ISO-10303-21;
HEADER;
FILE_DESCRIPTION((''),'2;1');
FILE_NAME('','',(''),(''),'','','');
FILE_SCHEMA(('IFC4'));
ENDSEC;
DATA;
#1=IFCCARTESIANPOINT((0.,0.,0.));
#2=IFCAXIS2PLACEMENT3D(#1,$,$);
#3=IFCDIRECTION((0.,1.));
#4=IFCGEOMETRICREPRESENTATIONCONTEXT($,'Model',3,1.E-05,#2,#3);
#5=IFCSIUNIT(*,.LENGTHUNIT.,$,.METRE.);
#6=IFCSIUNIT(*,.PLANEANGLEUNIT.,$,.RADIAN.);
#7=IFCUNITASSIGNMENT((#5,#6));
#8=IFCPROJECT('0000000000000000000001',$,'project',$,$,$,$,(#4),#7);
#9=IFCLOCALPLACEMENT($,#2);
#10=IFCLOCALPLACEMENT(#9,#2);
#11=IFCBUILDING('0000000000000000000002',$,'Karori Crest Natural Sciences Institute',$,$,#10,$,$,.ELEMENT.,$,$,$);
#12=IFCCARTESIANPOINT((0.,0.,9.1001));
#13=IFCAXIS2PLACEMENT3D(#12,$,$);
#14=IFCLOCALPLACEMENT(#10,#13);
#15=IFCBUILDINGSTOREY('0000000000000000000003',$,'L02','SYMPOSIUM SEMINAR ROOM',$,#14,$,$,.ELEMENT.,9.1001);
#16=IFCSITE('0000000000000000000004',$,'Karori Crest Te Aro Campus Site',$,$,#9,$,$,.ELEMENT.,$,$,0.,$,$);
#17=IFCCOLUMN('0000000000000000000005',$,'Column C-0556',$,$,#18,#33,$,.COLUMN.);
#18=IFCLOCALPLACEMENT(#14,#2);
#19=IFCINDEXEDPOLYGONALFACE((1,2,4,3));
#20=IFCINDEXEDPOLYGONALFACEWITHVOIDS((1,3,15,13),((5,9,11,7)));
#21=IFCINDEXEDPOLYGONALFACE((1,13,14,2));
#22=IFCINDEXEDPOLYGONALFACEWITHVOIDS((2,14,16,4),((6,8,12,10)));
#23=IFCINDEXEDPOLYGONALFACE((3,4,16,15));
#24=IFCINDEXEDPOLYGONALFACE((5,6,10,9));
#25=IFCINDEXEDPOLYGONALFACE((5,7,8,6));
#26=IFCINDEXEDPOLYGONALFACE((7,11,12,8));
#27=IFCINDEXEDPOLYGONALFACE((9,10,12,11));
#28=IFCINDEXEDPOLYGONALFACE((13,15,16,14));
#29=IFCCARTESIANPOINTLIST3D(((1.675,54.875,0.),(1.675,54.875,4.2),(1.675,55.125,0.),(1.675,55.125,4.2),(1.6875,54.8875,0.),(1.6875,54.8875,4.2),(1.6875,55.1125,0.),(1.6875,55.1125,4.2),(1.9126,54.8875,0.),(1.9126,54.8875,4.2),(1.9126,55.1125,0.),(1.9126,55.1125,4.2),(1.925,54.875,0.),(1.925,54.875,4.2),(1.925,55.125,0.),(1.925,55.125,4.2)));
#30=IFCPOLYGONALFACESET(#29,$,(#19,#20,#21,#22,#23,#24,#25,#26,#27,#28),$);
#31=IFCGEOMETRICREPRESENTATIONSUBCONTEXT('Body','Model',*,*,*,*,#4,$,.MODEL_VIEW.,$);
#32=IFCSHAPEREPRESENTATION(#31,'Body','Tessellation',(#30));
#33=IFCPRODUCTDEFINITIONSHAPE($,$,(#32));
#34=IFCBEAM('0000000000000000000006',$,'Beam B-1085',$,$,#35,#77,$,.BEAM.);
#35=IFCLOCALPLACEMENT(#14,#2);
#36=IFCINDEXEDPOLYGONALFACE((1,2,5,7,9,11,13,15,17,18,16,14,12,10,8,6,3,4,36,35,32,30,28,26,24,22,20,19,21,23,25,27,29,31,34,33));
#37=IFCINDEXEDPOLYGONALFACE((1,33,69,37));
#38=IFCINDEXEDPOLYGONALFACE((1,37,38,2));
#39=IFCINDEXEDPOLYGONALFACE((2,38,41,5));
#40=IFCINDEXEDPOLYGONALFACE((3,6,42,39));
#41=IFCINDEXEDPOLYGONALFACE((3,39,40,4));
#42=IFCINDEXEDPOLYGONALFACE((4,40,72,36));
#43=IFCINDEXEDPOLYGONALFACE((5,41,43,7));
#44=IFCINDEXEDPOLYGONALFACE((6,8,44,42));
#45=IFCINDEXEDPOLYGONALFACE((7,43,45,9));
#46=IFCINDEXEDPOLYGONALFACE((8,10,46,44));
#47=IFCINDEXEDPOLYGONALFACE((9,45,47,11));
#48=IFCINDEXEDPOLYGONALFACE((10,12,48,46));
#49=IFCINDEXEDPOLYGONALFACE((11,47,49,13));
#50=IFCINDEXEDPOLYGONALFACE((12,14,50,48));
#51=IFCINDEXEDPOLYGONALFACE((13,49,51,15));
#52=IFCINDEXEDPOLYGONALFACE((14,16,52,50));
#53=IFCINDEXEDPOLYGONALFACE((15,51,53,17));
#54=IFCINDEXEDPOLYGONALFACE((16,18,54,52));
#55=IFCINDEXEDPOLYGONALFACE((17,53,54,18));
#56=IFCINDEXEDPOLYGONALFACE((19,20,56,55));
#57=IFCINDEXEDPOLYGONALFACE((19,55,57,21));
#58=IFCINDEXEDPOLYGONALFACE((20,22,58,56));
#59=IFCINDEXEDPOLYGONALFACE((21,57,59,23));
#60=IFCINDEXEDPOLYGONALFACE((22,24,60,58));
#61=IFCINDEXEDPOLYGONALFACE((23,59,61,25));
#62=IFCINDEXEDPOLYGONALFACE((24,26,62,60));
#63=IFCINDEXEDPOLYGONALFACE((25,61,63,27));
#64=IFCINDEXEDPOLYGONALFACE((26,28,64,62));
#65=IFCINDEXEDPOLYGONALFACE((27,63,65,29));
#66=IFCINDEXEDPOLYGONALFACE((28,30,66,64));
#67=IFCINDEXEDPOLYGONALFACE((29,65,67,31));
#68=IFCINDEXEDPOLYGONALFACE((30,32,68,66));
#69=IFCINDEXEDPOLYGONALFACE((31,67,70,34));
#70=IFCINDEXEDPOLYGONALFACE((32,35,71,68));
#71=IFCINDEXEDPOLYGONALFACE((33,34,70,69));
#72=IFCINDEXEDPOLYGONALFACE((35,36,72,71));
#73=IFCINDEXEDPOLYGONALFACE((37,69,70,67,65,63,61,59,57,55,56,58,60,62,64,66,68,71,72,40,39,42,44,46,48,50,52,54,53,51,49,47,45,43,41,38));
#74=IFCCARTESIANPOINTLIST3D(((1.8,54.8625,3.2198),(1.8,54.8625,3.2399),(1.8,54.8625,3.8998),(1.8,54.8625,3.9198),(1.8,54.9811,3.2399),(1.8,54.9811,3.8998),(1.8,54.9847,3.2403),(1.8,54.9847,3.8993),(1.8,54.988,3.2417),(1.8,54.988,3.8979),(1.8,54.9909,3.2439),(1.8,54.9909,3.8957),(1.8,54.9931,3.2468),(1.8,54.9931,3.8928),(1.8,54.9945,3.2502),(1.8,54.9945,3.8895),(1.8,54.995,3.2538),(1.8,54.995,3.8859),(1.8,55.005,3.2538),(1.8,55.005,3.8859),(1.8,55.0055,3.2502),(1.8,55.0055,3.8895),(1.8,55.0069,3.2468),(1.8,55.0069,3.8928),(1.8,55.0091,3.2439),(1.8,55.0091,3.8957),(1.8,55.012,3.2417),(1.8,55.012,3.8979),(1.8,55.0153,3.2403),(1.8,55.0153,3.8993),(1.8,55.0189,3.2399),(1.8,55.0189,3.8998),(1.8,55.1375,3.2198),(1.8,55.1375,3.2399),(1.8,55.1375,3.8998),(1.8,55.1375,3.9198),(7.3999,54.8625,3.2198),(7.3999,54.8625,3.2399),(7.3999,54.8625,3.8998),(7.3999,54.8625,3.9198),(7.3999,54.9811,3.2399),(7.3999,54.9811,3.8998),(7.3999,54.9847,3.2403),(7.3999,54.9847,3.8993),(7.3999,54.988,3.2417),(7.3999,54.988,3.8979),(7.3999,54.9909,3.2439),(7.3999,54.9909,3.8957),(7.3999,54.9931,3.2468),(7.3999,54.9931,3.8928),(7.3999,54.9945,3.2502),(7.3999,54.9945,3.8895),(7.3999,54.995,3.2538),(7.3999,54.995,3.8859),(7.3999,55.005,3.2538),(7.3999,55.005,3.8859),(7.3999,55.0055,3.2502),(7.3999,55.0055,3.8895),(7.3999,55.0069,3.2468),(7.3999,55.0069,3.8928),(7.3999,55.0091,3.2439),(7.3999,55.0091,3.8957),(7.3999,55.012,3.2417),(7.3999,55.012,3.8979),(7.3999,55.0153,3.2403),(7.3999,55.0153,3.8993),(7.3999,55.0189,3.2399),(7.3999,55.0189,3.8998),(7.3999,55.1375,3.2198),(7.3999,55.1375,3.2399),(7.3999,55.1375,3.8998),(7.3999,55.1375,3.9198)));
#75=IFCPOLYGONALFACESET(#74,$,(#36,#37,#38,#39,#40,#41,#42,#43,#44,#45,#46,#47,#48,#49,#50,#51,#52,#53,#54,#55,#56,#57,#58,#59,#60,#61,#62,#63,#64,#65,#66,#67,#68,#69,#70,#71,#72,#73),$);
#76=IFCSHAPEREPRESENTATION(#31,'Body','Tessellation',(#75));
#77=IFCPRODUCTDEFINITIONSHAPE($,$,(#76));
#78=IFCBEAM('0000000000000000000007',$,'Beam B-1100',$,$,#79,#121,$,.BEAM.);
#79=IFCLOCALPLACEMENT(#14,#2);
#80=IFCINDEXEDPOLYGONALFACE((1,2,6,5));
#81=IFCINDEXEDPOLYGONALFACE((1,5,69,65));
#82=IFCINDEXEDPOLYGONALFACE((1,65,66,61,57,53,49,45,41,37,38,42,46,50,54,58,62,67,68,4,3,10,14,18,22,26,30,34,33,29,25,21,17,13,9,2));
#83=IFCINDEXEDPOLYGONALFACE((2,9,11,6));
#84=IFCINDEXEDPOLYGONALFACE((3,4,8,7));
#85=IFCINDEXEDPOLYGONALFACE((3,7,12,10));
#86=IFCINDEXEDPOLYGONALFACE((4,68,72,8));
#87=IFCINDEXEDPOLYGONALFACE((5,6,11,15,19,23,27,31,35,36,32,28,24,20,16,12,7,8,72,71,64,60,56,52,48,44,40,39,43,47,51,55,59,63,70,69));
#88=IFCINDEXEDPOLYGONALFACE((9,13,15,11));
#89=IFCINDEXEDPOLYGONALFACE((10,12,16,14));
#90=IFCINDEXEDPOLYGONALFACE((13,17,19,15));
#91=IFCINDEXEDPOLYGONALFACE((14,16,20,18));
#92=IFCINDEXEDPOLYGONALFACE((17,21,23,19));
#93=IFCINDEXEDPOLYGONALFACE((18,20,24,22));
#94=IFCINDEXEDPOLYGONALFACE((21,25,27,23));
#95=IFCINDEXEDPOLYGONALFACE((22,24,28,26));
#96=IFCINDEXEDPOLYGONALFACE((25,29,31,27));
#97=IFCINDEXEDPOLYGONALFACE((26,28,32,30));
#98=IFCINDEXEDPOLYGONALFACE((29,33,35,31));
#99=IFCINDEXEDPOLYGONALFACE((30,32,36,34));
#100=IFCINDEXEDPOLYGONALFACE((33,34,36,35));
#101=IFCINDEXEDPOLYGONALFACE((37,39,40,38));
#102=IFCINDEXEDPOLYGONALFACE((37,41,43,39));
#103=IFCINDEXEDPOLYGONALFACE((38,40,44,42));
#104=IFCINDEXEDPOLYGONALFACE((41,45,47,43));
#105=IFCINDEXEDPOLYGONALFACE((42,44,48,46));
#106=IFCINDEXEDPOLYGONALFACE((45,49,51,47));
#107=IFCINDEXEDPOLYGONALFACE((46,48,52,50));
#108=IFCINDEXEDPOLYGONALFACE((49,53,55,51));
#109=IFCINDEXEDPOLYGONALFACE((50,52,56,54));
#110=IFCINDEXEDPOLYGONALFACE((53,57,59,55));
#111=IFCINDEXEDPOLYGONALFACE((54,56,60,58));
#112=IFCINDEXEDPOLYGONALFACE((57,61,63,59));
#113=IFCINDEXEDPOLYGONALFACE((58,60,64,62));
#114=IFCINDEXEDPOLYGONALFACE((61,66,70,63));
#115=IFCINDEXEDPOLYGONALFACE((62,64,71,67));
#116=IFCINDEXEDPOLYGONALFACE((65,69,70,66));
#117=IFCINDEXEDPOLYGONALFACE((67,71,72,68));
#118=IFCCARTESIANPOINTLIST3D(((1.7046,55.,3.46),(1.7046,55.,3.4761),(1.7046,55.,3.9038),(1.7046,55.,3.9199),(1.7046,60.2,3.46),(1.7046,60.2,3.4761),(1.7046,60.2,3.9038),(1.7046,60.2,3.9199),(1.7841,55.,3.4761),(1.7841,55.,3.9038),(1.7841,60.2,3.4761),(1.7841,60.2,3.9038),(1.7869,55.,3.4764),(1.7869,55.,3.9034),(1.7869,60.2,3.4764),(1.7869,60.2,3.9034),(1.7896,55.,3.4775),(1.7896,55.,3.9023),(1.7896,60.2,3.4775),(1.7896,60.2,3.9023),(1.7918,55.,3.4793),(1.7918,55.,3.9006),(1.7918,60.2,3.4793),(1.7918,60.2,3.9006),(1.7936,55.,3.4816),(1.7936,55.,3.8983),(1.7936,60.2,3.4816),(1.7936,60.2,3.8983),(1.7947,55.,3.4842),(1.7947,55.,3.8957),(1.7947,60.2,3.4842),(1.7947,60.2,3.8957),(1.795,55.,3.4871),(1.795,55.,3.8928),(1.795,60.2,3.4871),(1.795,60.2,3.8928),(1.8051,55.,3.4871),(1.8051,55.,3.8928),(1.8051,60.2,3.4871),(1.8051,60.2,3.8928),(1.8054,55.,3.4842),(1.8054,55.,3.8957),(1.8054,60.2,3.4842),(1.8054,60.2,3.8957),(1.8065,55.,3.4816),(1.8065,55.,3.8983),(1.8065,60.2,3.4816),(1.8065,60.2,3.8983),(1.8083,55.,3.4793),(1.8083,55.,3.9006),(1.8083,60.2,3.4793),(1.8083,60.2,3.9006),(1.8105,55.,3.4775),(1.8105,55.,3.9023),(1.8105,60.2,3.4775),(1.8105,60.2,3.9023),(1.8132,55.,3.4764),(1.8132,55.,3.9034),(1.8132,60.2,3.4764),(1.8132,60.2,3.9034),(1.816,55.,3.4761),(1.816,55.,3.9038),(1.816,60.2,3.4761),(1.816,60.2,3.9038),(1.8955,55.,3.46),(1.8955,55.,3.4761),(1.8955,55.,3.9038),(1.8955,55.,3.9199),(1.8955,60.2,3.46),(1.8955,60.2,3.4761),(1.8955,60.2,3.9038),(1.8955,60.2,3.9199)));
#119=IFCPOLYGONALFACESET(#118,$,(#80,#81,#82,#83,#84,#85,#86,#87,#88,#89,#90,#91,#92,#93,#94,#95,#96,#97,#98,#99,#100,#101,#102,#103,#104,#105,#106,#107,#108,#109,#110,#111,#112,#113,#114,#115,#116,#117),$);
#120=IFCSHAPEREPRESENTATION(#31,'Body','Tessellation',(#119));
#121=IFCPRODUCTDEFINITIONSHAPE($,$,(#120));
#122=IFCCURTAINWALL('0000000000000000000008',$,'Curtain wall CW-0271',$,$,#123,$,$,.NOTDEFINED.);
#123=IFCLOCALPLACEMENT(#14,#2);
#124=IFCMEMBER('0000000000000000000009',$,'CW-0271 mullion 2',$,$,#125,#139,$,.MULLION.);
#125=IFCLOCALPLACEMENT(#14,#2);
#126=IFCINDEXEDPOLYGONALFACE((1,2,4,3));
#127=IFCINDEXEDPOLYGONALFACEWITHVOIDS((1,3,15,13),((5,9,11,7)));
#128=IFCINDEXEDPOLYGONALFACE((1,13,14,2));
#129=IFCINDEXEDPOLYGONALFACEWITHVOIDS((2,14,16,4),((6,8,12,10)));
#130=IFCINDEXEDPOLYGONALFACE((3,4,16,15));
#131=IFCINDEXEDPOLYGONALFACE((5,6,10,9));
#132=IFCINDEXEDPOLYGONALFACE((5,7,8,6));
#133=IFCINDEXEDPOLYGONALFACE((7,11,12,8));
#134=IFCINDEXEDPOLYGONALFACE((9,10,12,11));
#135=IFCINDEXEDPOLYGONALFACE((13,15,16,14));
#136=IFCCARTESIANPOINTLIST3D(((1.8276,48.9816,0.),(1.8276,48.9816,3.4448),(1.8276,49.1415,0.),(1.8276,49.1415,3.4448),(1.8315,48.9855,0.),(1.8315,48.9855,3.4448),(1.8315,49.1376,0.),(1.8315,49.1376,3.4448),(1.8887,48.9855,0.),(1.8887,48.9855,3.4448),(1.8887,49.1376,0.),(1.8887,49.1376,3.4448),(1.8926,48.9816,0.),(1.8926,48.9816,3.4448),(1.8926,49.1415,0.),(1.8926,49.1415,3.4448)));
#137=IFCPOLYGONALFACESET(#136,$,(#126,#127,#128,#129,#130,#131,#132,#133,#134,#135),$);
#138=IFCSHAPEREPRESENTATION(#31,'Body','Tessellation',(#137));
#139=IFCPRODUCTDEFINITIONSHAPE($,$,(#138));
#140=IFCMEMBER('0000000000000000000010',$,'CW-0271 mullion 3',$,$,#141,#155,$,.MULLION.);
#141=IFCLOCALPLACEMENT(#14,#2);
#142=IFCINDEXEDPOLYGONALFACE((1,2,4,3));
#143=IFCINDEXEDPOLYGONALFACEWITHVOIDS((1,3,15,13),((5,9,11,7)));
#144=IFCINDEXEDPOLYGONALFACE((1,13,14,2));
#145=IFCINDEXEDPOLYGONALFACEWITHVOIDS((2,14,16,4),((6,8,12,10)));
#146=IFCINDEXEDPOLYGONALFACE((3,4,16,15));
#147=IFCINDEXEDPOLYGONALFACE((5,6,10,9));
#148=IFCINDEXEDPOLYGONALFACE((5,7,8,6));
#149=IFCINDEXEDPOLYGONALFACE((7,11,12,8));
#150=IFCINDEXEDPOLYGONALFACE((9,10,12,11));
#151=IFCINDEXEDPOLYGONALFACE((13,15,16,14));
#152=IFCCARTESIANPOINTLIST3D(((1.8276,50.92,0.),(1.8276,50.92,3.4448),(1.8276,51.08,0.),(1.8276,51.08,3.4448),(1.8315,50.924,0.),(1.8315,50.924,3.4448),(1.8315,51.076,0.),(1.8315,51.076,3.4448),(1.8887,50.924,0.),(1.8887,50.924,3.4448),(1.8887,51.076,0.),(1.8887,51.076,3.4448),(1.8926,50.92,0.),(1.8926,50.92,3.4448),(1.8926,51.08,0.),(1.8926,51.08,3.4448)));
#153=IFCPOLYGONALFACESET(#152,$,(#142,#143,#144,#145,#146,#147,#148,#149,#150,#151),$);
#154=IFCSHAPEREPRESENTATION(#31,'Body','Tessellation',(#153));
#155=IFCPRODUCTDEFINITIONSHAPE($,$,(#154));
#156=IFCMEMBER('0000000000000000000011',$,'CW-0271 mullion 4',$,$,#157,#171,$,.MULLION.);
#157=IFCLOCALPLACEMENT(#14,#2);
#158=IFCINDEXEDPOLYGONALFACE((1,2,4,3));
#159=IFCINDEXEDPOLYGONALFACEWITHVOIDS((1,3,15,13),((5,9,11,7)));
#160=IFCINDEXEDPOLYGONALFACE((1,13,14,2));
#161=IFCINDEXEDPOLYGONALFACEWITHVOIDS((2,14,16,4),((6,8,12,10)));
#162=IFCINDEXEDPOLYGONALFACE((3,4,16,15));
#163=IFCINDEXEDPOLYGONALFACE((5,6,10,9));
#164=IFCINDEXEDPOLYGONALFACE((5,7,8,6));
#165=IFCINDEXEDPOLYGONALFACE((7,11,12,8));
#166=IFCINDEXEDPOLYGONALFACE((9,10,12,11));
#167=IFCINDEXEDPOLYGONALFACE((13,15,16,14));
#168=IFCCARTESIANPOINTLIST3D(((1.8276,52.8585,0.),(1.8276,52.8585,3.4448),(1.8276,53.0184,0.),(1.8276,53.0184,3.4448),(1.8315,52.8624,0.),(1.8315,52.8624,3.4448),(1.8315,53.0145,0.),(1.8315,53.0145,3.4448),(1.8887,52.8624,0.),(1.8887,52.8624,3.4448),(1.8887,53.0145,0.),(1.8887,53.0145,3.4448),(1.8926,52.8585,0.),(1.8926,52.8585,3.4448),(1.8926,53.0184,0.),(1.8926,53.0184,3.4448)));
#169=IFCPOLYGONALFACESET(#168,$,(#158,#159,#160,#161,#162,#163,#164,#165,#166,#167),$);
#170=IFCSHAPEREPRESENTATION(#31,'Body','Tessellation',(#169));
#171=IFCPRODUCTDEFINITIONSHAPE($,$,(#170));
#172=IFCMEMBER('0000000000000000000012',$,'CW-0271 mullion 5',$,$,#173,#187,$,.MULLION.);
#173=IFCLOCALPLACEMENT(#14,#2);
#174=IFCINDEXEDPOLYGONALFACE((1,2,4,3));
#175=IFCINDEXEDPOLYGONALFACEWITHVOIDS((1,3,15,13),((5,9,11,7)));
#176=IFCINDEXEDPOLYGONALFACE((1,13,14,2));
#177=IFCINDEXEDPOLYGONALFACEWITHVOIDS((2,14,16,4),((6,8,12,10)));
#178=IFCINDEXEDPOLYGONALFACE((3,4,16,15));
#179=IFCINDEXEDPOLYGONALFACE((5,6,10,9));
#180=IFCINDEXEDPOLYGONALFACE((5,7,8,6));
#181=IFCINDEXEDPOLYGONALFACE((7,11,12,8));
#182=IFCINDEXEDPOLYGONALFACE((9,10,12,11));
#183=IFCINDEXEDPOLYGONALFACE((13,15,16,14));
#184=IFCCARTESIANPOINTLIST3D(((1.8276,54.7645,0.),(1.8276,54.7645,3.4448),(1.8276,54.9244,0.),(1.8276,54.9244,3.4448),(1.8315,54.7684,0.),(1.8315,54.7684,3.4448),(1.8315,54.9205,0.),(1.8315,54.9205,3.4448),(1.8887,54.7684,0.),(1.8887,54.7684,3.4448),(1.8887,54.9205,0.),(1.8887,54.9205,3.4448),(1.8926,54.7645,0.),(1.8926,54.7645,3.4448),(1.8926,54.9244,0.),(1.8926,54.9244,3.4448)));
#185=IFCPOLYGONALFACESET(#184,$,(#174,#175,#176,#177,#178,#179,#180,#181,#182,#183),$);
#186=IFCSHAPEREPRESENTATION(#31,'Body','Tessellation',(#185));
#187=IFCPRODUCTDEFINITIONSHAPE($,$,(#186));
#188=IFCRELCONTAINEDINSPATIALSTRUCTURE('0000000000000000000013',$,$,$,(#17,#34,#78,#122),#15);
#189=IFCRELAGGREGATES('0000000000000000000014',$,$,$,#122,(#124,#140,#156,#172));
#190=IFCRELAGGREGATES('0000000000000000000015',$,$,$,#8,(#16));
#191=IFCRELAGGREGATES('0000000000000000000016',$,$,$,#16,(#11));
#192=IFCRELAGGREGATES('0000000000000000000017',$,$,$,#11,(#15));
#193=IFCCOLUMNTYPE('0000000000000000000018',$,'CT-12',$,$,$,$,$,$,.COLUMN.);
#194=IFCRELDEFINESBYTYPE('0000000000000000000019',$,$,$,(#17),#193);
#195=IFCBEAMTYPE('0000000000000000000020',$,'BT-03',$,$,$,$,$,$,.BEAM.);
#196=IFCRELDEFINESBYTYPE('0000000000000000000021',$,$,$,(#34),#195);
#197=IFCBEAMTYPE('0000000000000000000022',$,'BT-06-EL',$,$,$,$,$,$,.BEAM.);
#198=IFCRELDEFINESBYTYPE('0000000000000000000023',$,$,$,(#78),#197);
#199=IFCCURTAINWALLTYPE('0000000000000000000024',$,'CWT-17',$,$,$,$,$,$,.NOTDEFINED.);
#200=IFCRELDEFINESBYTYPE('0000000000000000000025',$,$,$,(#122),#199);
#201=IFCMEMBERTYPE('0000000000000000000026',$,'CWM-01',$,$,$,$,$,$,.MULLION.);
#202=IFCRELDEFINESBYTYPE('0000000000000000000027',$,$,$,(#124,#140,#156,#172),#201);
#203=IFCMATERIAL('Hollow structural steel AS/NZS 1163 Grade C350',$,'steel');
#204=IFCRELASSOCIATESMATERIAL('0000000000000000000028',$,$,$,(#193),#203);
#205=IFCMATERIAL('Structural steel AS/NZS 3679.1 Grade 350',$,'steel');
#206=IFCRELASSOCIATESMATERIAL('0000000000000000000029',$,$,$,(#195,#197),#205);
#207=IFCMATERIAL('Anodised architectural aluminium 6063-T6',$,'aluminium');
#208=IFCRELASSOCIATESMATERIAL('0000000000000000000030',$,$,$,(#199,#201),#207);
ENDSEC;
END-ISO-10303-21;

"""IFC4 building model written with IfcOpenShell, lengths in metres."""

from ifc_helpers import new_model, si_unit, direction, frame, origin, origin_2d, place, context, subcontext, project, spatial, hollow_rectangle, i_section, extrude, material, material_profile, profile_set, type_object, element, aggregate, save


model = new_model("IFC4")

# Units and contexts
model_context = context("Model", 3, precision=1e-05, world=origin(), true_north=direction((0.0, 1.0)))
body_context = subcontext(model_context, "Body", "Model", "MODEL_VIEW")
ifc_project = project(units=[si_unit("LENGTHUNIT", "METRE"), si_unit("PLANEANGLEUNIT", "RADIAN")], contexts=[model_context])

# Site, building, storey
site_placement = place(None, origin())
site = spatial("IfcSite", under=ifc_project, at=site_placement, Name="Karori Crest Te Aro Campus Site", CompositionType="ELEMENT", RefElevation=0.0)
building_placement = place(site_placement, origin())
building = spatial("IfcBuilding", under=site, at=building_placement, Name="Karori Crest Natural Sciences Institute", CompositionType="ELEMENT")
storey_placement = place(building_placement, frame((0.0, 0.0, 9.1001)))
storey = spatial("IfcBuildingStorey", under=building, at=storey_placement, Name="L02", Description="SYMPOSIUM SEMINAR ROOM", CompositionType="ELEMENT", Elevation=9.1001)

# Column
ifc_material_1 = material(Name="Hollow structural steel AS/NZS 1163 Grade C350", Category="steel")
ifc_material_profile_1 = material_profile(ifc_material_1, hollow_rectangle(XDim=0.25, YDim=0.25, WallThickness=0.0125, at=origin_2d()), Name="SHS250x250x12.5")
ifc_profile_set_1 = profile_set([ifc_material_profile_1], Name="Hollow structural steel AS/NZS 1163 Grade C350")
column_type = type_object("IfcColumnType", Name="CT-12", PredefinedType="COLUMN", material=ifc_profile_set_1)
column_placement = place(storey_placement, frame((1.8, 55.0, 0.0), z_axis=(0.0, 0.0, 1.0), x_axis=(1.0, 0.0, 0.0)))
element("IfcColumn", 1, at=column_placement, inside=storey, type_object=column_type, Name="Column C-0556", PredefinedType="COLUMN", context=body_context, shape_type="SweptSolid", body=[
    extrude(hollow_rectangle(XDim=0.25, YDim=0.25, WallThickness=0.0125, at=origin_2d()), origin(), (0.0, 0.0, 1.0), 4.2),
])

# Beams
ifc_material_2 = material(Name="Structural steel AS/NZS 3679.1 Grade 350", Category="steel")
ifc_material_profile_2 = material_profile(ifc_material_2, i_section(OverallWidth=0.2749, OverallDepth=0.7, WebThickness=0.01, FlangeThickness=0.02, FilletRadius=0.0139, at=origin_2d()), Name="700WB150")
ifc_profile_set_2 = profile_set([ifc_material_profile_2], Name="Structural steel AS/NZS 3679.1 Grade 350")
beam_type_1 = type_object("IfcBeamType", Name="BT-03", PredefinedType="BEAM", material=ifc_profile_set_2)
beam_1_placement = place(storey_placement, frame((1.8, 55.0, 3.5698), z_axis=(1.0, 0.0, 0.0), x_axis=(0.0, 1.0, 0.0)))
element("IfcBeam", 2, at=beam_1_placement, inside=storey, type_object=beam_type_1, Name="Beam B-1085", PredefinedType="BEAM", context=body_context, shape_type="SweptSolid", body=[
    extrude(i_section(OverallWidth=0.2749, OverallDepth=0.7, WebThickness=0.01, FlangeThickness=0.02, FilletRadius=0.0139, at=origin_2d()), origin(), (0.0, 0.0, 1.0), 5.5999),
])
ifc_material_profile_3 = material_profile(ifc_material_2, i_section(OverallWidth=0.1909, OverallDepth=0.46, WebThickness=0.01, FlangeThickness=0.0161, FilletRadius=0.011, at=origin_2d()), Name="460UB82.1")
ifc_profile_set_3 = profile_set([ifc_material_profile_3], Name="Structural steel AS/NZS 3679.1 Grade 350")
beam_type_2 = type_object("IfcBeamType", Name="BT-06-EL", PredefinedType="BEAM", material=ifc_profile_set_3)
beam_2_placement = place(storey_placement, frame((1.8, 55.0, 3.6899), z_axis=(0.0, 1.0, 0.0), x_axis=(-1.0, 0.0, 0.0)))
element("IfcBeam", 3, at=beam_2_placement, inside=storey, type_object=beam_type_2, Name="Beam B-1100", PredefinedType="BEAM", context=body_context, shape_type="SweptSolid", body=[
    extrude(i_section(OverallWidth=0.1909, OverallDepth=0.46, WebThickness=0.01, FlangeThickness=0.0161, FilletRadius=0.011, at=origin_2d()), origin(), (0.0, 0.0, 1.0), 5.2),
])

# Curtain wall, members
ifc_material_3 = material(Name="Anodised architectural aluminium 6063-T6", Category="aluminium")
curtain_wall_type = type_object("IfcCurtainWallType", Name="CWT-17", PredefinedType="NOTDEFINED", material=ifc_material_3)
curtain_wall_1_placement = place(storey_placement, origin())
curtain_wall_1 = element("IfcCurtainWall", 4, at=curtain_wall_1_placement, inside=storey, type_object=curtain_wall_type, Name="Curtain wall CW-0271", PredefinedType="NOTDEFINED")
ifc_material_profile_4 = material_profile(ifc_material_3, hollow_rectangle(XDim=0.0649, YDim=0.1599, WallThickness=0.0039, at=origin_2d()), Name="CWM160x65x4")
ifc_profile_set_4 = profile_set([ifc_material_profile_4], Name="Anodised architectural aluminium 6063-T6")
member_type_1 = type_object("IfcMemberType", Name="CWM-01", PredefinedType="MULLION", material=ifc_profile_set_4)
member_1_placement = place(storey_placement, frame((1.8601, 49.0615, 0.0), z_axis=(0.0, 0.0, 1.0), x_axis=(-1.0, 0.0, 0.0)))
member_1 = element("IfcMember", 5, at=member_1_placement, type_object=member_type_1, Name="CW-0271 mullion 2", PredefinedType="MULLION", context=body_context, shape_type="SweptSolid", body=[
    extrude(hollow_rectangle(XDim=0.0649, YDim=0.1599, WallThickness=0.0039, at=origin_2d()), origin(), (0.0, 0.0, 1.0), 3.4448),
])
member_2_placement = place(storey_placement, frame((1.8601, 51.0, 0.0), z_axis=(0.0, 0.0, 1.0), x_axis=(-1.0, 0.0, 0.0)))
member_2 = element("IfcMember", 6, at=member_2_placement, type_object=member_type_1, Name="CW-0271 mullion 3", PredefinedType="MULLION", context=body_context, shape_type="SweptSolid", body=[
    extrude(hollow_rectangle(XDim=0.0649, YDim=0.1599, WallThickness=0.0039, at=origin_2d()), origin(), (0.0, 0.0, 1.0), 3.4448),
])
member_3_placement = place(storey_placement, frame((1.8601, 52.9385, 0.0), z_axis=(0.0, 0.0, 1.0), x_axis=(-1.0, 0.0, 0.0)))
member_3 = element("IfcMember", 7, at=member_3_placement, type_object=member_type_1, Name="CW-0271 mullion 4", PredefinedType="MULLION", context=body_context, shape_type="SweptSolid", body=[
    extrude(hollow_rectangle(XDim=0.0649, YDim=0.1599, WallThickness=0.0039, at=origin_2d()), origin(), (0.0, 0.0, 1.0), 3.4448),
])
member_4_placement = place(storey_placement, frame((1.8601, 54.8445, 0.0), z_axis=(0.0, 0.0, 1.0), x_axis=(-1.0, 0.0, 0.0)))
member_4 = element("IfcMember", 8, at=member_4_placement, type_object=member_type_1, Name="CW-0271 mullion 5", PredefinedType="MULLION", context=body_context, shape_type="SweptSolid", body=[
    extrude(hollow_rectangle(XDim=0.0649, YDim=0.1599, WallThickness=0.0039, at=origin_2d()), origin(), (0.0, 0.0, 1.0), 3.4448),
])

aggregate(curtain_wall_1, [member_1, member_2, member_3, member_4])

save(model, "model.ifc")
